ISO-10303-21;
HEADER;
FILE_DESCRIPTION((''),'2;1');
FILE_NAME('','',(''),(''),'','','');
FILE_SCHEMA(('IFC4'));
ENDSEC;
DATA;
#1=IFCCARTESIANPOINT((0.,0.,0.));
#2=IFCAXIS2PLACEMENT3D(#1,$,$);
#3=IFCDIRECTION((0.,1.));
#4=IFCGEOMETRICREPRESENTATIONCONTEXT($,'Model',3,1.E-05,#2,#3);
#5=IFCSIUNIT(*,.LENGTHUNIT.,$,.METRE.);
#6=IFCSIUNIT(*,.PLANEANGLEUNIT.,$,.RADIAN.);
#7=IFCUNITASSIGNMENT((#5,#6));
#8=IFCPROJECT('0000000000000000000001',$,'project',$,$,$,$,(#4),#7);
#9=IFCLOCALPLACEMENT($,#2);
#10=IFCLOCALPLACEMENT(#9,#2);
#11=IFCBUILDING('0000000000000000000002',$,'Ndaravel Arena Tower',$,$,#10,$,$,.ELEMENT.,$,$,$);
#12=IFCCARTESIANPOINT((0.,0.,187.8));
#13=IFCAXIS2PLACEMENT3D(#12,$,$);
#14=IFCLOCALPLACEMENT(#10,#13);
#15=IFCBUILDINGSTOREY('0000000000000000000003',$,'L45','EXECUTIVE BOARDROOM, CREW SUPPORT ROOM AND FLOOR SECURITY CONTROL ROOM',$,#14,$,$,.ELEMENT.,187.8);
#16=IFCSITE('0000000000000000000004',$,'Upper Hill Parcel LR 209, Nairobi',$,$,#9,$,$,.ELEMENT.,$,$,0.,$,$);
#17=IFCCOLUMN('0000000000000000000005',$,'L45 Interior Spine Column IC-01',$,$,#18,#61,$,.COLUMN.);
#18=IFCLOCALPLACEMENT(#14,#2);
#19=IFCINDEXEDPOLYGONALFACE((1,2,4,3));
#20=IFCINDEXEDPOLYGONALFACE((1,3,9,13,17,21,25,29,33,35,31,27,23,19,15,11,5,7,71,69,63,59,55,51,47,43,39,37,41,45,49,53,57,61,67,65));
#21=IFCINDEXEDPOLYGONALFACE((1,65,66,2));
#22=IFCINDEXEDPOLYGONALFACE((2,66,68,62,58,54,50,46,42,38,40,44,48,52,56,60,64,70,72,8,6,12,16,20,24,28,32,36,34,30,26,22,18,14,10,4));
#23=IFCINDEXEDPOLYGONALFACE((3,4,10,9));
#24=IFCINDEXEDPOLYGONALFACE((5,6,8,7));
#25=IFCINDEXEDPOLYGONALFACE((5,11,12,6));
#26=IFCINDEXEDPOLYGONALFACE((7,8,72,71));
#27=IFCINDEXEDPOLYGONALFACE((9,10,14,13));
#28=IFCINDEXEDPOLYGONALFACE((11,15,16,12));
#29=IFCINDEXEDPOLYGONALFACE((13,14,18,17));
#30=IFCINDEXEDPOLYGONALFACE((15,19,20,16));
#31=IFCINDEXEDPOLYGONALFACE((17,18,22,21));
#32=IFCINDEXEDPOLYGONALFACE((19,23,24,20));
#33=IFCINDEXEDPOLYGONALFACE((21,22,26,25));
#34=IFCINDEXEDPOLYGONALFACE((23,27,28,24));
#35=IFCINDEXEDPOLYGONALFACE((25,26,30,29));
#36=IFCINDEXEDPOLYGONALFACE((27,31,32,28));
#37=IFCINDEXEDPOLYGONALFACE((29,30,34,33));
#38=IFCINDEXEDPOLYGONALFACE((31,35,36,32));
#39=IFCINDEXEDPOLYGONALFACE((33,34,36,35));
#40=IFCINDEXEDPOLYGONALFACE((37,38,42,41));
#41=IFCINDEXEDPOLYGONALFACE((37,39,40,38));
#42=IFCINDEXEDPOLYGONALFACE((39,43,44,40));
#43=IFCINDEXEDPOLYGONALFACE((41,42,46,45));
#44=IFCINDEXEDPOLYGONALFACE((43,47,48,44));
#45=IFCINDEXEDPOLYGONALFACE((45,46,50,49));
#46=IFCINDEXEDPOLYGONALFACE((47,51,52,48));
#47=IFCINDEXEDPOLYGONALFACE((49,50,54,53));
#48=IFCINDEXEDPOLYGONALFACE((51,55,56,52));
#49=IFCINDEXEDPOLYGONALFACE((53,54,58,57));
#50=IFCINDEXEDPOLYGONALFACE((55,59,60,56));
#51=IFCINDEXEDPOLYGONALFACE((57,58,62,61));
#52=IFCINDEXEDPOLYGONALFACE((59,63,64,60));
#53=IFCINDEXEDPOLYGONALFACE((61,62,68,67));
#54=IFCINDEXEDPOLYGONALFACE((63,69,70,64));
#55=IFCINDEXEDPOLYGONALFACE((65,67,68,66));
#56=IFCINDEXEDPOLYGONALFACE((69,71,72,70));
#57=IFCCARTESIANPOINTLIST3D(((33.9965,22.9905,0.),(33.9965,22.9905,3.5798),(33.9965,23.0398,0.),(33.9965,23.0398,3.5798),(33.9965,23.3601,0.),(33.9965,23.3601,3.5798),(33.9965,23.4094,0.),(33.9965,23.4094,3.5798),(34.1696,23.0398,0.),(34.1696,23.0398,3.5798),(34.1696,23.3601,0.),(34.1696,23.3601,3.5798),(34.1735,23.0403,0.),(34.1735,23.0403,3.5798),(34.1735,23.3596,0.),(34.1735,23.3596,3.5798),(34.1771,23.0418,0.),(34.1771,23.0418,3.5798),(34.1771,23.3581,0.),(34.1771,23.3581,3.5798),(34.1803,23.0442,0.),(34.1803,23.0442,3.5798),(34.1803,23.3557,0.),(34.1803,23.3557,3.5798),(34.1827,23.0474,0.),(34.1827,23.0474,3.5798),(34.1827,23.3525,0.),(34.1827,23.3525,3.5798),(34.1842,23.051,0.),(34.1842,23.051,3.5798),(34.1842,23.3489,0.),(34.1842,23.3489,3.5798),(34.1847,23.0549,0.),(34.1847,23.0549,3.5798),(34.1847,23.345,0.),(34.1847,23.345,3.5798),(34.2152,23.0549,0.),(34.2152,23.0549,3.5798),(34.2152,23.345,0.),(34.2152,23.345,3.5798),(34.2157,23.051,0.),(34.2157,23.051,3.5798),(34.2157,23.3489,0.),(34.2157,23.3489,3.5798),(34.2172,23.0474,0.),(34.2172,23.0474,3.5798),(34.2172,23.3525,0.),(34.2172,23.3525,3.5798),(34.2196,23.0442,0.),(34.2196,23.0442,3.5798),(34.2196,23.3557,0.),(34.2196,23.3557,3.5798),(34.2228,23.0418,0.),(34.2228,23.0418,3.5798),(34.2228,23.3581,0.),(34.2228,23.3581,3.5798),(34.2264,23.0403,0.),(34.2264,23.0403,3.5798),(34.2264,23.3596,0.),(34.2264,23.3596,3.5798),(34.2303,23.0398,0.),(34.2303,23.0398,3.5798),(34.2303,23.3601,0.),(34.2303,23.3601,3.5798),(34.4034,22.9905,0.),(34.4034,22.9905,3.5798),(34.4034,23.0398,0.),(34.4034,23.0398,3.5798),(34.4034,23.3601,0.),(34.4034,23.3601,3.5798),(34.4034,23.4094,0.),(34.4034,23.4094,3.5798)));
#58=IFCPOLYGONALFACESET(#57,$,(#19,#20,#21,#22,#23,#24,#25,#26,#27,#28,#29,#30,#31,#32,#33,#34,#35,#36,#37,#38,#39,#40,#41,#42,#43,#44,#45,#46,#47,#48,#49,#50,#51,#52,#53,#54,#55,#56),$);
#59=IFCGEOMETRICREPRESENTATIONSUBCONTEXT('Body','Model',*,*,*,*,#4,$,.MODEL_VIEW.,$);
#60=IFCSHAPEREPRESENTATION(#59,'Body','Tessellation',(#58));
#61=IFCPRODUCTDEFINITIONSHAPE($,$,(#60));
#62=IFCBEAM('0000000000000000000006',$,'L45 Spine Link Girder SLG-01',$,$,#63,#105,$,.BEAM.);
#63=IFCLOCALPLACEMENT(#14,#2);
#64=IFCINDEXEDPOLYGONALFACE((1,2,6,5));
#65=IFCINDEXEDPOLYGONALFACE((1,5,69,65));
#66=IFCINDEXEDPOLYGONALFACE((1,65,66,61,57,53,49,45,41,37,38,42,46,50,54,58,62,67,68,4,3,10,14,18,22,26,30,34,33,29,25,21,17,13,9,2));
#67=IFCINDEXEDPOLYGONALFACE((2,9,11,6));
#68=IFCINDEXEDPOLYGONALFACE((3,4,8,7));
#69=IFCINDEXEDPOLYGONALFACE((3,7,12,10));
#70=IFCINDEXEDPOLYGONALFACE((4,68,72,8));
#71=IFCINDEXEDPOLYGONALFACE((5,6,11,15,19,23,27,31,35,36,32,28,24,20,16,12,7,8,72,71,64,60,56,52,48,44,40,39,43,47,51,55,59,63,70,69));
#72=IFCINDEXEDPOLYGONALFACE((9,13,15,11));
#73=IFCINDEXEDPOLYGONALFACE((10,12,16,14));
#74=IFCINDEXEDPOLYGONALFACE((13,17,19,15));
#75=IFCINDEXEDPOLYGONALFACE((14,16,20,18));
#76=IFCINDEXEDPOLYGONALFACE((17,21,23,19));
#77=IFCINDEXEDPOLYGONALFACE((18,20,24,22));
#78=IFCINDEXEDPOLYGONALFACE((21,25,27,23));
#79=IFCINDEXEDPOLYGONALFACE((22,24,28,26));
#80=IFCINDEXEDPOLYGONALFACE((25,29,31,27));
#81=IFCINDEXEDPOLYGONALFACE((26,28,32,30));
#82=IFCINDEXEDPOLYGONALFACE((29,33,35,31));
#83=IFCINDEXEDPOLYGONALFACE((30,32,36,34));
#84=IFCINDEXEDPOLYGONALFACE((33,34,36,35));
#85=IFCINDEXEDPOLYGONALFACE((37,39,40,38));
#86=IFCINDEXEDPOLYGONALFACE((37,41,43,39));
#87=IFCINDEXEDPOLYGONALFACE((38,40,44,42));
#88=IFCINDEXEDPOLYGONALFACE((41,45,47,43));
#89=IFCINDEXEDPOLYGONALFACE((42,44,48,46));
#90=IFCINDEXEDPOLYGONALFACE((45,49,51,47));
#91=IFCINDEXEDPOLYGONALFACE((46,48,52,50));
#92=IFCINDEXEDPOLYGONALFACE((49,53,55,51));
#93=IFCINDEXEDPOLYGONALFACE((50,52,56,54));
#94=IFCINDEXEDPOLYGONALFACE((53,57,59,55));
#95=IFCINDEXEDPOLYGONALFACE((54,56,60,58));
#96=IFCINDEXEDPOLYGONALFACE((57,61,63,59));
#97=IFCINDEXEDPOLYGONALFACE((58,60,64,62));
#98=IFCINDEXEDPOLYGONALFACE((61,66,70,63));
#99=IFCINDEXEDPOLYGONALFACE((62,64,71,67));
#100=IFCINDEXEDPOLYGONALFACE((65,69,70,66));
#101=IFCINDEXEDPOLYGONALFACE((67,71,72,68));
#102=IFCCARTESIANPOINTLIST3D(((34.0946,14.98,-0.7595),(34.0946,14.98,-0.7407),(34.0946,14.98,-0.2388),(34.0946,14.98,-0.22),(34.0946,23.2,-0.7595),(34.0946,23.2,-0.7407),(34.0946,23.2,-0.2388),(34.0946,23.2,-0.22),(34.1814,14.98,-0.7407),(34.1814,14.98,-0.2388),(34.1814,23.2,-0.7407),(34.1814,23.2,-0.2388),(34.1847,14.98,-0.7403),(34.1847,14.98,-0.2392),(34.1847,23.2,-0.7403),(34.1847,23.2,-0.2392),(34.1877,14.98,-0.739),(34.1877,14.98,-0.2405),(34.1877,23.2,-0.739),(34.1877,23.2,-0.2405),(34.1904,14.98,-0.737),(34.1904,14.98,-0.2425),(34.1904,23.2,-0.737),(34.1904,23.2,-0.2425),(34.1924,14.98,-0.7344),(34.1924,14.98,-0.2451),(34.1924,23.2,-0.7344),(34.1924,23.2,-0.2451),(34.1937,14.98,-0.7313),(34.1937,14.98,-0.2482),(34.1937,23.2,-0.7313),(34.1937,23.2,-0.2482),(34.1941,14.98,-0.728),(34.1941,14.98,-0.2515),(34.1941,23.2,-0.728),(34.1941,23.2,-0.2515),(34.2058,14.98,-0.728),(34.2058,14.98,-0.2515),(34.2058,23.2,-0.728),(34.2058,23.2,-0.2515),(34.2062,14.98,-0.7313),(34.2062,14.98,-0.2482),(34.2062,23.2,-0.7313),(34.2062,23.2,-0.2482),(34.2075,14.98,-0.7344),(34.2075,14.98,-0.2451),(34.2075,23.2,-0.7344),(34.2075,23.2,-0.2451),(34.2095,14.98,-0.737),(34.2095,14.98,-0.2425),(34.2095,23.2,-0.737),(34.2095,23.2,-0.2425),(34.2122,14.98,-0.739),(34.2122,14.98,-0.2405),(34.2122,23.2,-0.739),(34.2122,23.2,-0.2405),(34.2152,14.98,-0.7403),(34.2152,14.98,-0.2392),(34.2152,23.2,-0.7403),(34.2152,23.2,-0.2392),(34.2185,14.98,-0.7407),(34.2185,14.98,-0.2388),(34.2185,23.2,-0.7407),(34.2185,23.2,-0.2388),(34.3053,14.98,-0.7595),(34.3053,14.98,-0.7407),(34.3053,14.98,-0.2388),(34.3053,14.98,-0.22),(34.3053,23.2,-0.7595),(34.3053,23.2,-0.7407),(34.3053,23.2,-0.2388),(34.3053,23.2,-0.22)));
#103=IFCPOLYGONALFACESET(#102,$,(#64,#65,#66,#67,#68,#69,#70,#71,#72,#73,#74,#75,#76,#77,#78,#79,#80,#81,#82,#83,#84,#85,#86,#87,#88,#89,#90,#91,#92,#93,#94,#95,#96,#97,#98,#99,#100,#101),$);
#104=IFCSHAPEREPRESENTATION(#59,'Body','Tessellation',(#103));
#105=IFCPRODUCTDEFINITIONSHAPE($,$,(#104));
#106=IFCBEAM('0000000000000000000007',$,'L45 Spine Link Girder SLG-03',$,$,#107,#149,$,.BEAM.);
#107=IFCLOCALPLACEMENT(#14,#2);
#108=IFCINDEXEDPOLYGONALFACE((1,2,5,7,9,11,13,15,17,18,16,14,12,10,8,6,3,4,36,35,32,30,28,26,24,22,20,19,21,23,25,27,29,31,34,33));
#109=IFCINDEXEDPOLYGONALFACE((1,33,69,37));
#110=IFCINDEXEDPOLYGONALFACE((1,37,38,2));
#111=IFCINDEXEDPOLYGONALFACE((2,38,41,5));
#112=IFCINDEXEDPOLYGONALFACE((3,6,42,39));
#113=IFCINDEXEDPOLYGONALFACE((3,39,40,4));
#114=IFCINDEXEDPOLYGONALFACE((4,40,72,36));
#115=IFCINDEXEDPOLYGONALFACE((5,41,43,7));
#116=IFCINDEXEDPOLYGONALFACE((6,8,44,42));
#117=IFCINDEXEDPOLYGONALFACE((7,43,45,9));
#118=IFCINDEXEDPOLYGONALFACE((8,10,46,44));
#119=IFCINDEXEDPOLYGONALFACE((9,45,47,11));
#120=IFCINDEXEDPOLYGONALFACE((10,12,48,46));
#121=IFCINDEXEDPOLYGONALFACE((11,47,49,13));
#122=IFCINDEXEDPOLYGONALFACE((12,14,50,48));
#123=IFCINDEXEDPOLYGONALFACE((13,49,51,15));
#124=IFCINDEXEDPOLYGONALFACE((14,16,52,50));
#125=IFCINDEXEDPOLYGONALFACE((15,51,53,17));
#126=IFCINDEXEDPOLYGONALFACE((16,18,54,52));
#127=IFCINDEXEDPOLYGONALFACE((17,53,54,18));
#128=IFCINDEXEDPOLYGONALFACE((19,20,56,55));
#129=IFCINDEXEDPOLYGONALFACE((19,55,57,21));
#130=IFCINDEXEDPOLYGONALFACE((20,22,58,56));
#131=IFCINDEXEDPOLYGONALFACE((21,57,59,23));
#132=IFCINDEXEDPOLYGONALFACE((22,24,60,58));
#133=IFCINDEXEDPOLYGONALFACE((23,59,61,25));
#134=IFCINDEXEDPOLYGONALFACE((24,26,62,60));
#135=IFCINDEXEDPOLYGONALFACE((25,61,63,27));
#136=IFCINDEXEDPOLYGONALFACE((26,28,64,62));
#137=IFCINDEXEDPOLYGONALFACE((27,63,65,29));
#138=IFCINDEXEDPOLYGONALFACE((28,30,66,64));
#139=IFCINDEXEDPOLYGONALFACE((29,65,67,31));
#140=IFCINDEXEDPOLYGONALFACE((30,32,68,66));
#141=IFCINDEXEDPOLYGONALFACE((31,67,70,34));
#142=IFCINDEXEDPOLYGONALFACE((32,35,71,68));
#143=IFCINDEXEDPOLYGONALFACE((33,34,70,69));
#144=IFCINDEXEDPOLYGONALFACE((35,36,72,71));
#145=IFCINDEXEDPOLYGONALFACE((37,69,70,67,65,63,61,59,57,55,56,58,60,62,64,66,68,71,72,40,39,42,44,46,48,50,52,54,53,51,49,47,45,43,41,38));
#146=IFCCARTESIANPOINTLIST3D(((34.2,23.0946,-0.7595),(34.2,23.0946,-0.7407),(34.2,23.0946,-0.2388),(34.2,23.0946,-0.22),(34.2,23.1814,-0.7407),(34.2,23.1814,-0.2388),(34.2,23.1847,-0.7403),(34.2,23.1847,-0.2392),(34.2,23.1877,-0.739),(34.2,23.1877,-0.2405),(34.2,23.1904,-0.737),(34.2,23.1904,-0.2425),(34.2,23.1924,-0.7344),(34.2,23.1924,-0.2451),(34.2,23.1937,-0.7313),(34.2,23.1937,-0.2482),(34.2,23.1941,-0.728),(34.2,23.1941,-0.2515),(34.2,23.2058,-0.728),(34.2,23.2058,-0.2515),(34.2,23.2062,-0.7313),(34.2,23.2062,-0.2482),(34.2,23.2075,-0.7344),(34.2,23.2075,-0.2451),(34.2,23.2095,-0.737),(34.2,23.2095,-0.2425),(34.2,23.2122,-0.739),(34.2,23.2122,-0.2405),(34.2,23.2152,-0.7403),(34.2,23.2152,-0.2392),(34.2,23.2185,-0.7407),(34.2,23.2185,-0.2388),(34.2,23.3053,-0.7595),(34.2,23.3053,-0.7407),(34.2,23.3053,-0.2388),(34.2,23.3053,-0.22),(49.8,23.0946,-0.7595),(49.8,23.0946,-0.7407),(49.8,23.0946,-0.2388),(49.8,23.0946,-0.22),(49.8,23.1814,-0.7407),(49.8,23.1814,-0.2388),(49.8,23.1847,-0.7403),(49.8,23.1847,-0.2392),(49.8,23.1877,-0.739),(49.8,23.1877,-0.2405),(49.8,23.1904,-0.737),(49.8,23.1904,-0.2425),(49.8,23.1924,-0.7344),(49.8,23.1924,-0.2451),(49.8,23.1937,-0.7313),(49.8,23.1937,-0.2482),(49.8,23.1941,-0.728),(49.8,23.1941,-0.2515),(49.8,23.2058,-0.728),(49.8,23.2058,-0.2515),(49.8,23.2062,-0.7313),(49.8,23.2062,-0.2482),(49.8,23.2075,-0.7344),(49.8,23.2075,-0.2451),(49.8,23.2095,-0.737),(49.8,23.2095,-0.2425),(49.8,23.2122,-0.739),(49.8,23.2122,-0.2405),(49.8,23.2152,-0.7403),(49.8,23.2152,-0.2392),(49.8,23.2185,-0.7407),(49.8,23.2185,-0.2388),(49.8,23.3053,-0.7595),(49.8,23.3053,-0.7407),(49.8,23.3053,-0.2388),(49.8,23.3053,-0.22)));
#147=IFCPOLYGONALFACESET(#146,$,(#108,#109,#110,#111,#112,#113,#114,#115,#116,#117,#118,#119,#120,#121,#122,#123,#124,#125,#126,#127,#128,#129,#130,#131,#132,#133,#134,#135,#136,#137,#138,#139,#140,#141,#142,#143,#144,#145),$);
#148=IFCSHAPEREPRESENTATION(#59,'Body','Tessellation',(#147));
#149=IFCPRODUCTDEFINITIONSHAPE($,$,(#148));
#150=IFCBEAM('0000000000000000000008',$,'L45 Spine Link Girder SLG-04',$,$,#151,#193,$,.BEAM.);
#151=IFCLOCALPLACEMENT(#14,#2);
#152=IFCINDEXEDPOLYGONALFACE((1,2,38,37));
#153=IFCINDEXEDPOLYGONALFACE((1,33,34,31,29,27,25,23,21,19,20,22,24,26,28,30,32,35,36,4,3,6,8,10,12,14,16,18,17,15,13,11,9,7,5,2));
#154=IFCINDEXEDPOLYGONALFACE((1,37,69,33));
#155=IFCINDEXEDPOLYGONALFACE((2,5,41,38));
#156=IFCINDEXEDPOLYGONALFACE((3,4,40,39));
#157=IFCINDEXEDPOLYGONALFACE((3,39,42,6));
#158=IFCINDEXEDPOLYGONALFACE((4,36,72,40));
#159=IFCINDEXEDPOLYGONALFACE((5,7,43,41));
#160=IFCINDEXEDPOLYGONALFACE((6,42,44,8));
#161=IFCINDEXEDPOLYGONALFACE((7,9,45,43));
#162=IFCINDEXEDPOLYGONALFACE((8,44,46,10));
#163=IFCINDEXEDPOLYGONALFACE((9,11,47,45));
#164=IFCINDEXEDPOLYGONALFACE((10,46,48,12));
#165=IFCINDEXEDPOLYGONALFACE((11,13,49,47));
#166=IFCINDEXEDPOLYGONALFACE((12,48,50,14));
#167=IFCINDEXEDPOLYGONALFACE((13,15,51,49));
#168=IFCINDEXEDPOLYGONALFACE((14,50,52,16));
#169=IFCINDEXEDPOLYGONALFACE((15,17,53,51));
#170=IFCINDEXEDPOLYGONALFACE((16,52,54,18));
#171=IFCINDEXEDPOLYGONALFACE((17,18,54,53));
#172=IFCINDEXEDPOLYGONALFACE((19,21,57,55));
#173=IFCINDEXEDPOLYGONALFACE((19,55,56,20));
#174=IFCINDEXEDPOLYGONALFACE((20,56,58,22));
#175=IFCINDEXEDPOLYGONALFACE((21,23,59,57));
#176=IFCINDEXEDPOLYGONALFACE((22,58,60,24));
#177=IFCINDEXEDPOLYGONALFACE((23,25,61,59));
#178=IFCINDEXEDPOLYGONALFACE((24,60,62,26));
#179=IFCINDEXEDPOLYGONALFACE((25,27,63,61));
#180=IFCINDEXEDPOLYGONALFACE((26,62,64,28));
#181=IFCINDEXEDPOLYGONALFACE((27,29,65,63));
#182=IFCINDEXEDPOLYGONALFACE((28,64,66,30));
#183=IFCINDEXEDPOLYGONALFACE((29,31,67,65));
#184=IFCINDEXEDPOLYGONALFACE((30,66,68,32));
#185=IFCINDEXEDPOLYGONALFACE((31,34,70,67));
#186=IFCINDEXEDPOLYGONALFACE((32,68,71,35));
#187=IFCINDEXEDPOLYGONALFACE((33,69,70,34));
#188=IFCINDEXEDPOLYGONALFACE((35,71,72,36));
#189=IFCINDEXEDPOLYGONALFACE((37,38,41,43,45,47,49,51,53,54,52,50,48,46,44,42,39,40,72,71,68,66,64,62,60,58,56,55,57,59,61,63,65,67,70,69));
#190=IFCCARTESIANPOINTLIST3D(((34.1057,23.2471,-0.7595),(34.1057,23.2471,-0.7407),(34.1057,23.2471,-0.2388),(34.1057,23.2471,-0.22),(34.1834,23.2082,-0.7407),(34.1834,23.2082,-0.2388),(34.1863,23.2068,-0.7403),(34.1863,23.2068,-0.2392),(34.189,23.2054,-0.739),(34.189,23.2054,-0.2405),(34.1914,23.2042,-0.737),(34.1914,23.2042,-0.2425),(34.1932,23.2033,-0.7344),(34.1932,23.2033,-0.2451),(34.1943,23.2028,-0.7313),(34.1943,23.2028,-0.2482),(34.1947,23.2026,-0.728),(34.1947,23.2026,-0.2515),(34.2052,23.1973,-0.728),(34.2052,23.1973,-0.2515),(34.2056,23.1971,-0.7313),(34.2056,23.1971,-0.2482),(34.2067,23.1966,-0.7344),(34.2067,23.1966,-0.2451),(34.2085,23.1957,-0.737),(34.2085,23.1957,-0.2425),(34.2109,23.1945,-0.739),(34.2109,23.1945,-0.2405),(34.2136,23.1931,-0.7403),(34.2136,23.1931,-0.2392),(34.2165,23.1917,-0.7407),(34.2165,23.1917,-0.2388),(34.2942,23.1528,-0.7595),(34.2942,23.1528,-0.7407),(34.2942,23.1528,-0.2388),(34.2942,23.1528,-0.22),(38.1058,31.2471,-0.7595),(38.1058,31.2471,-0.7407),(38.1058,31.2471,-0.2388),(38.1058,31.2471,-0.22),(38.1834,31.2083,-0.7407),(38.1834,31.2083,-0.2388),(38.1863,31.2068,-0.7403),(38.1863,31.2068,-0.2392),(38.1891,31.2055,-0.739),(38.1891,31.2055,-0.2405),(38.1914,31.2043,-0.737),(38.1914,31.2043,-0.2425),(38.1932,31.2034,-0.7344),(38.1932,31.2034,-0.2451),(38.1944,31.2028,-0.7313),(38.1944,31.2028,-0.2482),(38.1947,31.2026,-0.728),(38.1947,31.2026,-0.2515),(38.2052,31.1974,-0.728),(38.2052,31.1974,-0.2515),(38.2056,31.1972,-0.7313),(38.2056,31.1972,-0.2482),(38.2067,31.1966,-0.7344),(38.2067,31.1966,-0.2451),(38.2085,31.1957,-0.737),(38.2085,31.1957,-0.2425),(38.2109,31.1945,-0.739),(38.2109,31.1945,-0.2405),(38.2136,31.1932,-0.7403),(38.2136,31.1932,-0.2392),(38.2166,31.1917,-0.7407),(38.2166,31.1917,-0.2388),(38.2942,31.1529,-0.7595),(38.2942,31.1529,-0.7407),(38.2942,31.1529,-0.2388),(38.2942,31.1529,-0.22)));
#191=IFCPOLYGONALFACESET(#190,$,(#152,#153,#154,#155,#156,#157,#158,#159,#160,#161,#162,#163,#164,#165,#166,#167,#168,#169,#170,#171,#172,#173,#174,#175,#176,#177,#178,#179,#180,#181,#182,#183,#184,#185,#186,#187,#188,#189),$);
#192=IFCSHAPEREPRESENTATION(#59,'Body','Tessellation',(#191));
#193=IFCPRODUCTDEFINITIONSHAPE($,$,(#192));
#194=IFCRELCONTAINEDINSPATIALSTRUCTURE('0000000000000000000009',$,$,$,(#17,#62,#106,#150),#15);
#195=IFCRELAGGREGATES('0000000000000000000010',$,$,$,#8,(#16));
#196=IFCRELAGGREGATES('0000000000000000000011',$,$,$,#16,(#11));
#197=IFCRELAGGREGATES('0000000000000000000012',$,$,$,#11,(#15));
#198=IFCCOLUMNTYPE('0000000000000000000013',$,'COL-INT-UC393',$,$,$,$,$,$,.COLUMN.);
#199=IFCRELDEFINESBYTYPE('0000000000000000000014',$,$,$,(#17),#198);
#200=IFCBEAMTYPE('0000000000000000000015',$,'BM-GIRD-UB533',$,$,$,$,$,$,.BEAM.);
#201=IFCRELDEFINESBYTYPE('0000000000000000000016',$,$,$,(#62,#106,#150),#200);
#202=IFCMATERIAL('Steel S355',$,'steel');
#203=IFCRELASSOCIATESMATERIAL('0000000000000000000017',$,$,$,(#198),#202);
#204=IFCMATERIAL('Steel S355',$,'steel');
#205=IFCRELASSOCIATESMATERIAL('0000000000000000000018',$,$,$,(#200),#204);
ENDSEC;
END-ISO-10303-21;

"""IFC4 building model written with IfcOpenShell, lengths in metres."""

from ifc_helpers import new_model, si_unit, direction, frame, origin, origin_2d, place, context, subcontext, project, spatial, i_section, extrude, material, material_profile, profile_set, type_object, element, save


model = new_model("IFC4")

# Units and contexts
model_context = context("Model", 3, precision=1e-05, world=origin(), true_north=direction((0.0, 1.0)))
body_context = subcontext(model_context, "Body", "Model", "MODEL_VIEW")
ifc_project = project(units=[si_unit("LENGTHUNIT", "METRE"), si_unit("PLANEANGLEUNIT", "RADIAN")], contexts=[model_context])

# Site, building, storey
site_placement = place(None, origin())
site = spatial("IfcSite", under=ifc_project, at=site_placement, Name="Upper Hill Parcel LR 209, Nairobi", CompositionType="ELEMENT", RefElevation=0.0)
building_placement = place(site_placement, origin())
building = spatial("IfcBuilding", under=site, at=building_placement, Name="Ndaravel Arena Tower", CompositionType="ELEMENT")
storey_placement = place(building_placement, frame((0.0, 0.0, 187.8)))
storey = spatial("IfcBuildingStorey", under=building, at=storey_placement, Name="L45", Description="EXECUTIVE BOARDROOM, CREW SUPPORT ROOM AND FLOOR SECURITY CONTROL ROOM", CompositionType="ELEMENT", Elevation=187.8)

# Column
ifc_material_1 = material(Name="Steel S355", Category="steel")
ifc_material_profile_1 = material_profile(ifc_material_1, i_section(OverallWidth=0.407, OverallDepth=0.4189, WebThickness=0.0305, FlangeThickness=0.0493, FilletRadius=0.0151, at=origin_2d()), Name="UC 356x406x393")
ifc_profile_set_1 = profile_set([ifc_material_profile_1], Name="Steel S355")
column_type = type_object("IfcColumnType", Name="COL-INT-UC393", PredefinedType="COLUMN", material=ifc_profile_set_1)
column_placement = place(storey_placement, frame((34.2, 23.2, 0.0), z_axis=(0.0, 0.0, 1.0), x_axis=(1.0, 0.0, 0.0)))
element("IfcColumn", 1, at=column_placement, inside=storey, type_object=column_type, Name="L45 Interior Spine Column IC-01", PredefinedType="COLUMN", context=body_context, shape_type="SweptSolid", body=[
    extrude(i_section(OverallWidth=0.407, OverallDepth=0.4189, WebThickness=0.0305, FlangeThickness=0.0493, FilletRadius=0.0151, at=origin_2d()), origin(), (0.0, 0.0, 1.0), 3.5798),
])

# Beams
ifc_material_2 = material(Name="Steel S355", Category="steel")
ifc_material_profile_2 = material_profile(ifc_material_2, i_section(OverallWidth=0.2107, OverallDepth=0.5396, WebThickness=0.0117, FlangeThickness=0.0188, FilletRadius=0.0127, at=origin_2d()), Name="UB 533x210x109")
ifc_profile_set_2 = profile_set([ifc_material_profile_2], Name="Steel S355")
beam_type = type_object("IfcBeamType", Name="BM-GIRD-UB533", PredefinedType="BEAM", material=ifc_profile_set_2)
beam_1_placement = place(storey_placement, frame((34.2, 14.98, -0.4897), z_axis=(0.0, 1.0, 0.0), x_axis=(-1.0, 0.0, 0.0)))
element("IfcBeam", 2, at=beam_1_placement, inside=storey, type_object=beam_type, Name="L45 Spine Link Girder SLG-01", PredefinedType="BEAM", context=body_context, shape_type="SweptSolid", body=[
    extrude(i_section(OverallWidth=0.2107, OverallDepth=0.5396, WebThickness=0.0117, FlangeThickness=0.0188, FilletRadius=0.0127, at=origin_2d()), origin(), (0.0, 0.0, 1.0), 8.22),
])
beam_2_placement = place(storey_placement, frame((34.2, 23.2, -0.4897), z_axis=(1.0, 0.0, 0.0), x_axis=(0.0, 1.0, 0.0)))
element("IfcBeam", 3, at=beam_2_placement, inside=storey, type_object=beam_type, Name="L45 Spine Link Girder SLG-03", PredefinedType="BEAM", context=body_context, shape_type="SweptSolid", body=[
    extrude(i_section(OverallWidth=0.2107, OverallDepth=0.5396, WebThickness=0.0117, FlangeThickness=0.0188, FilletRadius=0.0127, at=origin_2d()), origin(), (0.0, 0.0, 1.0), 15.6001),
])
beam_3_placement = place(storey_placement, frame((34.2, 23.2, -0.4897), z_axis=(0.447214, 0.894427, 0.0), x_axis=(-0.894427, 0.447214, 0.0)))
element("IfcBeam", 4, at=beam_3_placement, inside=storey, type_object=beam_type, Name="L45 Spine Link Girder SLG-04", PredefinedType="BEAM", context=body_context, shape_type="SweptSolid", body=[
    extrude(i_section(OverallWidth=0.2107, OverallDepth=0.5396, WebThickness=0.0117, FlangeThickness=0.0188, FilletRadius=0.0127, at=origin_2d()), origin(), (0.0, 0.0, 1.0), 8.9443),
])

save(model, "model.ifc")
